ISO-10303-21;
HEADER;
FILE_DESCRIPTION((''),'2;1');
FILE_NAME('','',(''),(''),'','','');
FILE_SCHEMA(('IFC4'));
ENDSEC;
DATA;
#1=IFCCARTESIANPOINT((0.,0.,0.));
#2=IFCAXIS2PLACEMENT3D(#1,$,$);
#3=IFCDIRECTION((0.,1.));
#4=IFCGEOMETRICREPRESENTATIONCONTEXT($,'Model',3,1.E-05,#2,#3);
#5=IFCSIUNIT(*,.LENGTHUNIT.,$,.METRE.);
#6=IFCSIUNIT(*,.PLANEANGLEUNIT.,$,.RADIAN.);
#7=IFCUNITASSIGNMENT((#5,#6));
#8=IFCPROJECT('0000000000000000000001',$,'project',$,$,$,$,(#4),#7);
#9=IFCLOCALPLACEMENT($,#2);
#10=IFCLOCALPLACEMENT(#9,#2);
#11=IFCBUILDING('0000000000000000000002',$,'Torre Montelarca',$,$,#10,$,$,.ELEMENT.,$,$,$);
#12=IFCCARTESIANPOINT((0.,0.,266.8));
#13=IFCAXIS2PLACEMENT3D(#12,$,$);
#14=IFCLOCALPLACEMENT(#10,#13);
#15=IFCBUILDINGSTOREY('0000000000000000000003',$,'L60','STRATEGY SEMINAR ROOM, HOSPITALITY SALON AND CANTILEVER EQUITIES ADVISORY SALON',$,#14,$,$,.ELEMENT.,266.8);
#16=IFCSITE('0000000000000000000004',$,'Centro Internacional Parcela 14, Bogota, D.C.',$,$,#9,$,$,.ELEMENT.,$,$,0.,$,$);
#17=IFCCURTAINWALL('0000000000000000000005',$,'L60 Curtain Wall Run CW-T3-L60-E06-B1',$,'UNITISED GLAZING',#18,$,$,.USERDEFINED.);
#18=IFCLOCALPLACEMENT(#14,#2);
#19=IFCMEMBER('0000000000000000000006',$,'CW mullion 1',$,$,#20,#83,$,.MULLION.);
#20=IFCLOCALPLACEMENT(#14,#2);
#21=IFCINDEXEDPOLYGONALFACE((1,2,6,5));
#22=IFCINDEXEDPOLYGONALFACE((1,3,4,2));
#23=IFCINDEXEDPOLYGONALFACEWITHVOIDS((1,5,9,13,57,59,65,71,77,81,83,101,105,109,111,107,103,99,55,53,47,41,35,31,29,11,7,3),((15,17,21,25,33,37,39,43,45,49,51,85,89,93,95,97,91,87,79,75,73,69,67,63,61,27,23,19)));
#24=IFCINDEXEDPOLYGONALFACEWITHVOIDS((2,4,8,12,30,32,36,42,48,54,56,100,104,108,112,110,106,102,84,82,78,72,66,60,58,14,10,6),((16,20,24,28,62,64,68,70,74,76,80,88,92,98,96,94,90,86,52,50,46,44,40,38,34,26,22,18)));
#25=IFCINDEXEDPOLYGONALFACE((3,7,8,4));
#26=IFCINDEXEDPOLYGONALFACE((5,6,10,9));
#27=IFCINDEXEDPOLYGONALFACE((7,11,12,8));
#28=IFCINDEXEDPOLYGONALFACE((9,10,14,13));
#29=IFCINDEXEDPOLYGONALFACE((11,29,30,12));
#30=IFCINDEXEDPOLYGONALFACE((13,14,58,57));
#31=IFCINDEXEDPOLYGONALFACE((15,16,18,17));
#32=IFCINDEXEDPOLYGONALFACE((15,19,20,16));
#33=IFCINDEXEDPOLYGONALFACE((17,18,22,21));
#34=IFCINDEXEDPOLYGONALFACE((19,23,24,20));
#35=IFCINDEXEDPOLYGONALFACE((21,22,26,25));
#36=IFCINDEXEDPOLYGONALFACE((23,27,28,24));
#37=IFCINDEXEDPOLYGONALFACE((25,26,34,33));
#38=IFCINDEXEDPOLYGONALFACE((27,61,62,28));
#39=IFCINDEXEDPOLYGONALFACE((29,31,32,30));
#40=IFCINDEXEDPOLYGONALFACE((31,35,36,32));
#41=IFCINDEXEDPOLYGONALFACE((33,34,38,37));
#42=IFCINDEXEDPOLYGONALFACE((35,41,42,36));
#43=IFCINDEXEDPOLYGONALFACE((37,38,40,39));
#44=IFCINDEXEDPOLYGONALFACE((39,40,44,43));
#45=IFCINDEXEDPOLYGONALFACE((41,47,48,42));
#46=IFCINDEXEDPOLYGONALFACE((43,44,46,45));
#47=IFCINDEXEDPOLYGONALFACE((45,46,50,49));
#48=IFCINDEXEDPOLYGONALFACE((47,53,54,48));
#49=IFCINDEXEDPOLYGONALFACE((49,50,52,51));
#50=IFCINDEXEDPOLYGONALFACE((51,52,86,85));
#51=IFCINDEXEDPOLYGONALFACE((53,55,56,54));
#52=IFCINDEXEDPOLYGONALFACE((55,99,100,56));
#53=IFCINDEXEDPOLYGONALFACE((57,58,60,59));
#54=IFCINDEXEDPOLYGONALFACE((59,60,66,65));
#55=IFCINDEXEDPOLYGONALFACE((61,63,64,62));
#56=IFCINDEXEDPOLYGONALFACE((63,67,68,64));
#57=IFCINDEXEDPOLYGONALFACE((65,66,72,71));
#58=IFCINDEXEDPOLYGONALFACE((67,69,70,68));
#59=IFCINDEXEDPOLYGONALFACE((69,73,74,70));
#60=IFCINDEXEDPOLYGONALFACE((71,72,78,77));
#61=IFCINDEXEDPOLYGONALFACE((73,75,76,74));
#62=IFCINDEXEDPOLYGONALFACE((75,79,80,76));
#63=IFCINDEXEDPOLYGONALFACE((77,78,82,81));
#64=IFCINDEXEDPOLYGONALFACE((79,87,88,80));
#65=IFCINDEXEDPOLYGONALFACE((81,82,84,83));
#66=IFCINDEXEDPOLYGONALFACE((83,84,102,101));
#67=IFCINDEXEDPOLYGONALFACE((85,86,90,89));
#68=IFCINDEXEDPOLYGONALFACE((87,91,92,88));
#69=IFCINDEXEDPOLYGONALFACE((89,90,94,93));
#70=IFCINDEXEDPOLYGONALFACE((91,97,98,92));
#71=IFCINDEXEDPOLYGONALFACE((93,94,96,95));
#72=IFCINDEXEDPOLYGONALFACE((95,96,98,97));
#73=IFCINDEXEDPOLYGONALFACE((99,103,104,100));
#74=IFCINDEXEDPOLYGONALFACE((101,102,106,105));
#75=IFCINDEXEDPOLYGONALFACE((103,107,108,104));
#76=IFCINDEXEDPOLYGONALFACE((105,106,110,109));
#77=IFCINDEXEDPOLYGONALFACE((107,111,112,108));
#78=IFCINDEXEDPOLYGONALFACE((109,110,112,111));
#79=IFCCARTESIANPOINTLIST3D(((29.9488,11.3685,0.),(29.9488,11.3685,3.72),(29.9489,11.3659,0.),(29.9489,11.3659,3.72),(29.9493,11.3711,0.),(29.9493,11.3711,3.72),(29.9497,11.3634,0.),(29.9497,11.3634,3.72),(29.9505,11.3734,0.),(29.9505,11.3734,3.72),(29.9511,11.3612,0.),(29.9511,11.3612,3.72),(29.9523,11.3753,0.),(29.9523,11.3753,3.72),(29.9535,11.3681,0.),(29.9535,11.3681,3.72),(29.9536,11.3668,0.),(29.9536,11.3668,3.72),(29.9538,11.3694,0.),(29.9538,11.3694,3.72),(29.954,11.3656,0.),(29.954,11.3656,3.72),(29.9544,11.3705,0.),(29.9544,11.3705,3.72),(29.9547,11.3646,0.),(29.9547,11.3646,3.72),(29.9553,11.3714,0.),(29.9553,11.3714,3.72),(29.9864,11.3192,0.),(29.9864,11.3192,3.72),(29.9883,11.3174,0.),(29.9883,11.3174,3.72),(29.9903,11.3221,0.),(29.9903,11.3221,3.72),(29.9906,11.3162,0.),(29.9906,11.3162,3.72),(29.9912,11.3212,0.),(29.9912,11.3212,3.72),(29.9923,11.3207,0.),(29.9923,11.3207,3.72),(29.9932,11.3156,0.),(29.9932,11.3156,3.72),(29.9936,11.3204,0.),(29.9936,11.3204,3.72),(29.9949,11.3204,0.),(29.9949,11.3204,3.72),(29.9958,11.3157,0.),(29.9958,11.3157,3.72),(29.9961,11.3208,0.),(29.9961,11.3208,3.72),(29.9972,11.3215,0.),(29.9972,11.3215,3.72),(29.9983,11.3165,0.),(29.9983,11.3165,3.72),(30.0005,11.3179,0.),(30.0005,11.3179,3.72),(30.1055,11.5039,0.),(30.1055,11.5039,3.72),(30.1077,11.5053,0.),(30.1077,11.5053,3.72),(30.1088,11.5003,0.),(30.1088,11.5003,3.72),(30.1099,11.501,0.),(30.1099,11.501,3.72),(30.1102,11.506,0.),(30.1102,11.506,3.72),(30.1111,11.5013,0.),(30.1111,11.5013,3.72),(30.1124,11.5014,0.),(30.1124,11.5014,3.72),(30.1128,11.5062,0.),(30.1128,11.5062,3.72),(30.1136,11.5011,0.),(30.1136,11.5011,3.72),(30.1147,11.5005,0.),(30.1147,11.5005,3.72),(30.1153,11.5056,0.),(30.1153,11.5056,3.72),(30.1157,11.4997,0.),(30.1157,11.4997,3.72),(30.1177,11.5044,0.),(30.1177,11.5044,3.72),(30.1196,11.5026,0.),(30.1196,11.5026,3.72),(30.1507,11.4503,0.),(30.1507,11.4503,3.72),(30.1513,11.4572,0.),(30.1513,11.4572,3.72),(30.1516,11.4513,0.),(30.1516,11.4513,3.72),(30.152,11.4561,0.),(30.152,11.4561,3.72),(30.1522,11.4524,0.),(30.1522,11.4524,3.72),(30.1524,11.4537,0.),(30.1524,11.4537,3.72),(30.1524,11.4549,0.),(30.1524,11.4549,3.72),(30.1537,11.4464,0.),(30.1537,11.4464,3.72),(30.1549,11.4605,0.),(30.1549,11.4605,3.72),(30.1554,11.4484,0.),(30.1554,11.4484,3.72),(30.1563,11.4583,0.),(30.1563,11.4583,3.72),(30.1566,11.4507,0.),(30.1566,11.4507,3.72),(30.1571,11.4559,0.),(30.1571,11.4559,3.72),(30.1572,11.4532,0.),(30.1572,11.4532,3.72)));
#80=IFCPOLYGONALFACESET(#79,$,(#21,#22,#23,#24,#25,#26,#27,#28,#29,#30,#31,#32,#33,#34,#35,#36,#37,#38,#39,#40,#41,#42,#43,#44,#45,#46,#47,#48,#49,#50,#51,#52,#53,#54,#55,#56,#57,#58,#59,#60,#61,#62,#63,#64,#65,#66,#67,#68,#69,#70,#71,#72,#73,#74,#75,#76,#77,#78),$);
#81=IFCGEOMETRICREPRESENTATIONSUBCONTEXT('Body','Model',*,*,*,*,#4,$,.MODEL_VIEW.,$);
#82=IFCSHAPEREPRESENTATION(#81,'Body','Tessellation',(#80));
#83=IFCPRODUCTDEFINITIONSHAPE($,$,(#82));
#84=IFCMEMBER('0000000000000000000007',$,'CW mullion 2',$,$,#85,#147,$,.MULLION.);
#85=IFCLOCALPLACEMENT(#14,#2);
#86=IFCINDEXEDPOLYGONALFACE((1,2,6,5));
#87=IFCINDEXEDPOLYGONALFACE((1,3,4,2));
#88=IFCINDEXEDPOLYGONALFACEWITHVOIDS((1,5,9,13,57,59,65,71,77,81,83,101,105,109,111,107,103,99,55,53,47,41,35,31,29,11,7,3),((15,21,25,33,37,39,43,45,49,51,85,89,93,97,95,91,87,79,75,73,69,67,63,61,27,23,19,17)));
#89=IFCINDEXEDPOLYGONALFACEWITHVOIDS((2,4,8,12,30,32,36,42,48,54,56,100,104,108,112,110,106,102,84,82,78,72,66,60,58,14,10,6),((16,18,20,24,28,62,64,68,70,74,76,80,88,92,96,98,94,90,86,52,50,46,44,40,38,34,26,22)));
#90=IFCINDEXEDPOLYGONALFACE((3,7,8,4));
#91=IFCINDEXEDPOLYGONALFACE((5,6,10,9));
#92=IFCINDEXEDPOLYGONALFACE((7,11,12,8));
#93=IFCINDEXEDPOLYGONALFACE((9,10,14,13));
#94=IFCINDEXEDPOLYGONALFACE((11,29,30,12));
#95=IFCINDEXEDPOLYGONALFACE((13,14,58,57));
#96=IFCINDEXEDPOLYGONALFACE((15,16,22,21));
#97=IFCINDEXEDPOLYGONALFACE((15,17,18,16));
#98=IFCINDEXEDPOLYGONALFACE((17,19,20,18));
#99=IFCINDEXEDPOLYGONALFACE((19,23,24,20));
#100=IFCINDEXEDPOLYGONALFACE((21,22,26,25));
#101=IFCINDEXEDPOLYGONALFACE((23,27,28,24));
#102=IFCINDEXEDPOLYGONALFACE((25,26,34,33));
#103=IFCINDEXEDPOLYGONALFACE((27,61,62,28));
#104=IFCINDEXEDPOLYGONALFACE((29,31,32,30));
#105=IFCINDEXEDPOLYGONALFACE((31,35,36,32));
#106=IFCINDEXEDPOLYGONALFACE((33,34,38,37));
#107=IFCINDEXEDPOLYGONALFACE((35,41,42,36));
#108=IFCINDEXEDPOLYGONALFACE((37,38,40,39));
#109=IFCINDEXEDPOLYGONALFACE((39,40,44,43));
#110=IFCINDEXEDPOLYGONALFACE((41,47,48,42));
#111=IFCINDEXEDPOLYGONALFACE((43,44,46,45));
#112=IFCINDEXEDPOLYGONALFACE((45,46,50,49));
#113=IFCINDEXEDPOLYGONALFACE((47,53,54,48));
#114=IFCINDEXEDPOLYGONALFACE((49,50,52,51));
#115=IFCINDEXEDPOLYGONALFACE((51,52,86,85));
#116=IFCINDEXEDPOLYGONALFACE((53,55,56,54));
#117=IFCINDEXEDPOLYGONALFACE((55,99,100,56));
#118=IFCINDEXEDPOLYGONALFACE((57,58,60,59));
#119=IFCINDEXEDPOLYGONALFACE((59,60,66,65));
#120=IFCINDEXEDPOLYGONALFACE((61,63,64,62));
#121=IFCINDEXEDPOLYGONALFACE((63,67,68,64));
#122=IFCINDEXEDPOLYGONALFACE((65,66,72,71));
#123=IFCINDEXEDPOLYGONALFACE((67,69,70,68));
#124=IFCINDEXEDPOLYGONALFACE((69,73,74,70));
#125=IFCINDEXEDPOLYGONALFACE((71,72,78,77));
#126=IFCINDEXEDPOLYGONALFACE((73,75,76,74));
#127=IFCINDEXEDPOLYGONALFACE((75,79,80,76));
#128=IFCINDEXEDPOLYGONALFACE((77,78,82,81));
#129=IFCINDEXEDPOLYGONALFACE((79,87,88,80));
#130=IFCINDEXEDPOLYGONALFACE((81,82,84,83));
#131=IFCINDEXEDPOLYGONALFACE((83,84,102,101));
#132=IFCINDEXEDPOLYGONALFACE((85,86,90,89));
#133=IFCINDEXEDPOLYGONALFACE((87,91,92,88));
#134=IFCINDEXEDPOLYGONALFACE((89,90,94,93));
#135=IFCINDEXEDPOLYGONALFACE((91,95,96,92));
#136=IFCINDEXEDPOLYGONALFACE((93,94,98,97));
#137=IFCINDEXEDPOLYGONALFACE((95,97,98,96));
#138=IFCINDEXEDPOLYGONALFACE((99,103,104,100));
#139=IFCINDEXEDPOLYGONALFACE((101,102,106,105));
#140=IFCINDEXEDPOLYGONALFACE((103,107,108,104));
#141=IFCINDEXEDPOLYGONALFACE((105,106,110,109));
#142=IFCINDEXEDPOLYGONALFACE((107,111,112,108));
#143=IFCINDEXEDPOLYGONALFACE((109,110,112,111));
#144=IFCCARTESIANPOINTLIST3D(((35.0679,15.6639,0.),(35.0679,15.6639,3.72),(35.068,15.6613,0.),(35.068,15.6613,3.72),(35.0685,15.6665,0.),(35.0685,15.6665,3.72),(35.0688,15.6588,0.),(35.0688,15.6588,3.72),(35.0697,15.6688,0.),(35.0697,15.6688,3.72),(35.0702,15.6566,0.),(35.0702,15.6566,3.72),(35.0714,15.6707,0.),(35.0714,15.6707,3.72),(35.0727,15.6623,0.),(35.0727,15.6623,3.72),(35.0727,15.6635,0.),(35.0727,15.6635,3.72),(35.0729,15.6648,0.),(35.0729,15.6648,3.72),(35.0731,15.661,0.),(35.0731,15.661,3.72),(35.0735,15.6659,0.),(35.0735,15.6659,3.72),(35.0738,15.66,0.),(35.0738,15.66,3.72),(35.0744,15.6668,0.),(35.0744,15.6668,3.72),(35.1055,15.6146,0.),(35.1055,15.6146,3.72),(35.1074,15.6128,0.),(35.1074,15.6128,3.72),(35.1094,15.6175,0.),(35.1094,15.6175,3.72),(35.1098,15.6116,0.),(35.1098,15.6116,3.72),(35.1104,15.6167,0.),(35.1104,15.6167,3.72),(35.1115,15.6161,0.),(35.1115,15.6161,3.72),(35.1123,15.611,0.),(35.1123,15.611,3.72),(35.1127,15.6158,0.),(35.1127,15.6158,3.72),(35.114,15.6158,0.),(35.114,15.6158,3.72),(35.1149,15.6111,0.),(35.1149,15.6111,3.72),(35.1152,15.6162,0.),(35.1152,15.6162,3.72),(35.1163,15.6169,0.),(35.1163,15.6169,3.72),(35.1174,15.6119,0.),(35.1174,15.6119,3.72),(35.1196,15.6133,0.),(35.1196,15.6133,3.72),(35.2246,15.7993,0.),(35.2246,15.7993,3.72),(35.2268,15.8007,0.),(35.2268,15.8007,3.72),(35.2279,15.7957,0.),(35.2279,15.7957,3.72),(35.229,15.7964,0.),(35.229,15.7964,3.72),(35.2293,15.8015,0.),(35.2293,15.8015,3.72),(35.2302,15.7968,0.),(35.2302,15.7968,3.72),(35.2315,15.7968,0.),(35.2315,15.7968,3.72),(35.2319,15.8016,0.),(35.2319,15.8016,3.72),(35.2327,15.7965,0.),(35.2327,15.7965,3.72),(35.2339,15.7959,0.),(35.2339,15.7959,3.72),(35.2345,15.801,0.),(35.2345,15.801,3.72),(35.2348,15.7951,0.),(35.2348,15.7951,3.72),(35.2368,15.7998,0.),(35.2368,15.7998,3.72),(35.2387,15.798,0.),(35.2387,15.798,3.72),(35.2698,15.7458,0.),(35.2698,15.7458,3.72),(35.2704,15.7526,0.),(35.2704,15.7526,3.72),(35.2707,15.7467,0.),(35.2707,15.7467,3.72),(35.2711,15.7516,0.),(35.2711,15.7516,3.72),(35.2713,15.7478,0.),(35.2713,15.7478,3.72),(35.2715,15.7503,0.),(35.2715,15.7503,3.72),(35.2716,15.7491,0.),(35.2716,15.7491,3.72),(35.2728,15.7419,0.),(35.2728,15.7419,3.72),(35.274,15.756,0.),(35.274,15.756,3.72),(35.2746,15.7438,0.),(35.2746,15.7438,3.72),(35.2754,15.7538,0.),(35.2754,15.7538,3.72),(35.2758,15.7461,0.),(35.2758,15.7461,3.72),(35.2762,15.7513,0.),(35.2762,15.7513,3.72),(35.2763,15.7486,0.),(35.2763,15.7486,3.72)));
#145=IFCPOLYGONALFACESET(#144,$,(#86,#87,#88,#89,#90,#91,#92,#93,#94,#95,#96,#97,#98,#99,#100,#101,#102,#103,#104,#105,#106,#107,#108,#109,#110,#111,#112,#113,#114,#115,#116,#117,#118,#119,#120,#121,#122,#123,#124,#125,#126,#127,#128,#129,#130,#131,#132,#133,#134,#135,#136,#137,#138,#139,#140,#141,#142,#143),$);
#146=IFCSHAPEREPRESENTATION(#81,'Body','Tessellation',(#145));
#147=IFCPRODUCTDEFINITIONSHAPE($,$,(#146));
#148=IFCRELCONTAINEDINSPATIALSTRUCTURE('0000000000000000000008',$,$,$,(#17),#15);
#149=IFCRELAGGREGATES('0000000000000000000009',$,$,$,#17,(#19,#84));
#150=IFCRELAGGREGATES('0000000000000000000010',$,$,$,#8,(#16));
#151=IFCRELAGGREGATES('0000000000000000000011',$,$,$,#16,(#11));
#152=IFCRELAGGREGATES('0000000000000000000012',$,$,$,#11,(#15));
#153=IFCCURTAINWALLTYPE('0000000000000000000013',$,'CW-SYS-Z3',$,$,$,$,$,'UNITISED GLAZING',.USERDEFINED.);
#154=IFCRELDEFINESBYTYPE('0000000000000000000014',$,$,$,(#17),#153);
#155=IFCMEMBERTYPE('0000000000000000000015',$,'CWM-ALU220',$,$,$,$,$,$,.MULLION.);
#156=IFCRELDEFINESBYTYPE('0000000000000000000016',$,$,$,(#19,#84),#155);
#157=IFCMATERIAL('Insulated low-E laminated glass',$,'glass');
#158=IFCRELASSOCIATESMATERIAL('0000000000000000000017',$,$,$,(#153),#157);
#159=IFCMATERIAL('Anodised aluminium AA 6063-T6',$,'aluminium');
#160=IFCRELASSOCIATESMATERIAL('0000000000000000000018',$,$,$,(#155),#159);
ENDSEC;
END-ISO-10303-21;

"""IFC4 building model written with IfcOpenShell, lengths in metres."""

from ifc_helpers import new_model, si_unit, direction, frame, origin, origin_2d, place, context, subcontext, project, spatial, hollow_rectangle, extrude, source, transform, mapped, material, material_profile, profile_set, type_object, element, aggregate, save


model = new_model("IFC4")

# Units and contexts
model_context = context("Model", 3, precision=1e-05, world=origin(), true_north=direction((0.0, 1.0)))
body_context = subcontext(model_context, "Body", "Model", "MODEL_VIEW")
ifc_project = project(units=[si_unit("LENGTHUNIT", "METRE"), si_unit("PLANEANGLEUNIT", "RADIAN")], contexts=[model_context])

# Site, building, storey
site_placement = place(None, origin())
site = spatial("IfcSite", under=ifc_project, at=site_placement, Name="Centro Internacional Parcela 14, Bogota, D.C.", CompositionType="ELEMENT", RefElevation=0.0)
building_placement = place(site_placement, origin())
building = spatial("IfcBuilding", under=site, at=building_placement, Name="Torre Montelarca", CompositionType="ELEMENT")
storey_placement = place(building_placement, frame((0.0, 0.0, 266.8)))
storey = spatial("IfcBuildingStorey", under=building, at=storey_placement, Name="L60", Description="STRATEGY SEMINAR ROOM, HOSPITALITY SALON AND CANTILEVER EQUITIES ADVISORY SALON", CompositionType="ELEMENT", Elevation=266.8)

# Curtain wall, members
ifc_material_1 = material(Name="Insulated low-E laminated glass", Category="glass")
curtain_wall_type = type_object("IfcCurtainWallType", Name="CW-SYS-Z3", ElementType="UNITISED GLAZING", PredefinedType="USERDEFINED", material=ifc_material_1)
ifc_material_2 = material(Name="Anodised aluminium AA 6063-T6", Category="aluminium")
curtain_wall_1_placement = place(storey_placement, origin())
curtain_wall_1 = element("IfcCurtainWall", 1, at=curtain_wall_1_placement, inside=storey, type_object=curtain_wall_type, Name="L60 Curtain Wall Run CW-T3-L60-E06-B1", ObjectType="UNITISED GLAZING", PredefinedType="USERDEFINED")
ifc_material_profile_1 = material_profile(ifc_material_2, hollow_rectangle(XDim=0.075, YDim=0.22, WallThickness=0.0049, InnerFilletRadius=0.0049, OuterFilletRadius=0.01, at=origin_2d()), Name="ALU75X220X5", Category="aluminium")
ifc_profile_set_1 = profile_set([ifc_material_profile_1], Name="Anodised aluminium AA 6063-T6")
member_type_1 = type_object("IfcMemberType", Name="CWM-ALU220", PredefinedType="MULLION", material=ifc_profile_set_1)
shared_shape_1 = source(origin(), body_context, "Body", "SweptSolid", [
    extrude(hollow_rectangle(XDim=0.075, YDim=0.22, WallThickness=0.0049, InnerFilletRadius=0.0049, OuterFilletRadius=0.01, at=origin_2d()), origin(), (0.0, 0.0, 1.0), 3.72),
])
member_1_placement = place(storey_placement, frame((30.053, 11.4109, 0.0), z_axis=(0.0, 0.0, 1.0), x_axis=(-0.64279, 0.766042, 0.0)))
member_1 = element("IfcMember", 2, at=member_1_placement, type_object=member_type_1, Name="CW mullion 1", PredefinedType="MULLION", context=body_context, shape_type="MappedRepresentation", body=[
    mapped(shared_shape_1, transform((0.0, 0.0, 0.0), scale=1.0)),
])
member_2_placement = place(storey_placement, frame((35.1721, 15.7063, 0.0), z_axis=(0.0, 0.0, 1.0), x_axis=(-0.64279, 0.766042, 0.0)))
member_2 = element("IfcMember", 3, at=member_2_placement, type_object=member_type_1, Name="CW mullion 2", PredefinedType="MULLION", context=body_context, shape_type="MappedRepresentation", body=[
    mapped(shared_shape_1, transform((0.0, 0.0, 0.0), scale=1.0)),
])

aggregate(curtain_wall_1, [member_1, member_2])

save(model, "model.ifc")
